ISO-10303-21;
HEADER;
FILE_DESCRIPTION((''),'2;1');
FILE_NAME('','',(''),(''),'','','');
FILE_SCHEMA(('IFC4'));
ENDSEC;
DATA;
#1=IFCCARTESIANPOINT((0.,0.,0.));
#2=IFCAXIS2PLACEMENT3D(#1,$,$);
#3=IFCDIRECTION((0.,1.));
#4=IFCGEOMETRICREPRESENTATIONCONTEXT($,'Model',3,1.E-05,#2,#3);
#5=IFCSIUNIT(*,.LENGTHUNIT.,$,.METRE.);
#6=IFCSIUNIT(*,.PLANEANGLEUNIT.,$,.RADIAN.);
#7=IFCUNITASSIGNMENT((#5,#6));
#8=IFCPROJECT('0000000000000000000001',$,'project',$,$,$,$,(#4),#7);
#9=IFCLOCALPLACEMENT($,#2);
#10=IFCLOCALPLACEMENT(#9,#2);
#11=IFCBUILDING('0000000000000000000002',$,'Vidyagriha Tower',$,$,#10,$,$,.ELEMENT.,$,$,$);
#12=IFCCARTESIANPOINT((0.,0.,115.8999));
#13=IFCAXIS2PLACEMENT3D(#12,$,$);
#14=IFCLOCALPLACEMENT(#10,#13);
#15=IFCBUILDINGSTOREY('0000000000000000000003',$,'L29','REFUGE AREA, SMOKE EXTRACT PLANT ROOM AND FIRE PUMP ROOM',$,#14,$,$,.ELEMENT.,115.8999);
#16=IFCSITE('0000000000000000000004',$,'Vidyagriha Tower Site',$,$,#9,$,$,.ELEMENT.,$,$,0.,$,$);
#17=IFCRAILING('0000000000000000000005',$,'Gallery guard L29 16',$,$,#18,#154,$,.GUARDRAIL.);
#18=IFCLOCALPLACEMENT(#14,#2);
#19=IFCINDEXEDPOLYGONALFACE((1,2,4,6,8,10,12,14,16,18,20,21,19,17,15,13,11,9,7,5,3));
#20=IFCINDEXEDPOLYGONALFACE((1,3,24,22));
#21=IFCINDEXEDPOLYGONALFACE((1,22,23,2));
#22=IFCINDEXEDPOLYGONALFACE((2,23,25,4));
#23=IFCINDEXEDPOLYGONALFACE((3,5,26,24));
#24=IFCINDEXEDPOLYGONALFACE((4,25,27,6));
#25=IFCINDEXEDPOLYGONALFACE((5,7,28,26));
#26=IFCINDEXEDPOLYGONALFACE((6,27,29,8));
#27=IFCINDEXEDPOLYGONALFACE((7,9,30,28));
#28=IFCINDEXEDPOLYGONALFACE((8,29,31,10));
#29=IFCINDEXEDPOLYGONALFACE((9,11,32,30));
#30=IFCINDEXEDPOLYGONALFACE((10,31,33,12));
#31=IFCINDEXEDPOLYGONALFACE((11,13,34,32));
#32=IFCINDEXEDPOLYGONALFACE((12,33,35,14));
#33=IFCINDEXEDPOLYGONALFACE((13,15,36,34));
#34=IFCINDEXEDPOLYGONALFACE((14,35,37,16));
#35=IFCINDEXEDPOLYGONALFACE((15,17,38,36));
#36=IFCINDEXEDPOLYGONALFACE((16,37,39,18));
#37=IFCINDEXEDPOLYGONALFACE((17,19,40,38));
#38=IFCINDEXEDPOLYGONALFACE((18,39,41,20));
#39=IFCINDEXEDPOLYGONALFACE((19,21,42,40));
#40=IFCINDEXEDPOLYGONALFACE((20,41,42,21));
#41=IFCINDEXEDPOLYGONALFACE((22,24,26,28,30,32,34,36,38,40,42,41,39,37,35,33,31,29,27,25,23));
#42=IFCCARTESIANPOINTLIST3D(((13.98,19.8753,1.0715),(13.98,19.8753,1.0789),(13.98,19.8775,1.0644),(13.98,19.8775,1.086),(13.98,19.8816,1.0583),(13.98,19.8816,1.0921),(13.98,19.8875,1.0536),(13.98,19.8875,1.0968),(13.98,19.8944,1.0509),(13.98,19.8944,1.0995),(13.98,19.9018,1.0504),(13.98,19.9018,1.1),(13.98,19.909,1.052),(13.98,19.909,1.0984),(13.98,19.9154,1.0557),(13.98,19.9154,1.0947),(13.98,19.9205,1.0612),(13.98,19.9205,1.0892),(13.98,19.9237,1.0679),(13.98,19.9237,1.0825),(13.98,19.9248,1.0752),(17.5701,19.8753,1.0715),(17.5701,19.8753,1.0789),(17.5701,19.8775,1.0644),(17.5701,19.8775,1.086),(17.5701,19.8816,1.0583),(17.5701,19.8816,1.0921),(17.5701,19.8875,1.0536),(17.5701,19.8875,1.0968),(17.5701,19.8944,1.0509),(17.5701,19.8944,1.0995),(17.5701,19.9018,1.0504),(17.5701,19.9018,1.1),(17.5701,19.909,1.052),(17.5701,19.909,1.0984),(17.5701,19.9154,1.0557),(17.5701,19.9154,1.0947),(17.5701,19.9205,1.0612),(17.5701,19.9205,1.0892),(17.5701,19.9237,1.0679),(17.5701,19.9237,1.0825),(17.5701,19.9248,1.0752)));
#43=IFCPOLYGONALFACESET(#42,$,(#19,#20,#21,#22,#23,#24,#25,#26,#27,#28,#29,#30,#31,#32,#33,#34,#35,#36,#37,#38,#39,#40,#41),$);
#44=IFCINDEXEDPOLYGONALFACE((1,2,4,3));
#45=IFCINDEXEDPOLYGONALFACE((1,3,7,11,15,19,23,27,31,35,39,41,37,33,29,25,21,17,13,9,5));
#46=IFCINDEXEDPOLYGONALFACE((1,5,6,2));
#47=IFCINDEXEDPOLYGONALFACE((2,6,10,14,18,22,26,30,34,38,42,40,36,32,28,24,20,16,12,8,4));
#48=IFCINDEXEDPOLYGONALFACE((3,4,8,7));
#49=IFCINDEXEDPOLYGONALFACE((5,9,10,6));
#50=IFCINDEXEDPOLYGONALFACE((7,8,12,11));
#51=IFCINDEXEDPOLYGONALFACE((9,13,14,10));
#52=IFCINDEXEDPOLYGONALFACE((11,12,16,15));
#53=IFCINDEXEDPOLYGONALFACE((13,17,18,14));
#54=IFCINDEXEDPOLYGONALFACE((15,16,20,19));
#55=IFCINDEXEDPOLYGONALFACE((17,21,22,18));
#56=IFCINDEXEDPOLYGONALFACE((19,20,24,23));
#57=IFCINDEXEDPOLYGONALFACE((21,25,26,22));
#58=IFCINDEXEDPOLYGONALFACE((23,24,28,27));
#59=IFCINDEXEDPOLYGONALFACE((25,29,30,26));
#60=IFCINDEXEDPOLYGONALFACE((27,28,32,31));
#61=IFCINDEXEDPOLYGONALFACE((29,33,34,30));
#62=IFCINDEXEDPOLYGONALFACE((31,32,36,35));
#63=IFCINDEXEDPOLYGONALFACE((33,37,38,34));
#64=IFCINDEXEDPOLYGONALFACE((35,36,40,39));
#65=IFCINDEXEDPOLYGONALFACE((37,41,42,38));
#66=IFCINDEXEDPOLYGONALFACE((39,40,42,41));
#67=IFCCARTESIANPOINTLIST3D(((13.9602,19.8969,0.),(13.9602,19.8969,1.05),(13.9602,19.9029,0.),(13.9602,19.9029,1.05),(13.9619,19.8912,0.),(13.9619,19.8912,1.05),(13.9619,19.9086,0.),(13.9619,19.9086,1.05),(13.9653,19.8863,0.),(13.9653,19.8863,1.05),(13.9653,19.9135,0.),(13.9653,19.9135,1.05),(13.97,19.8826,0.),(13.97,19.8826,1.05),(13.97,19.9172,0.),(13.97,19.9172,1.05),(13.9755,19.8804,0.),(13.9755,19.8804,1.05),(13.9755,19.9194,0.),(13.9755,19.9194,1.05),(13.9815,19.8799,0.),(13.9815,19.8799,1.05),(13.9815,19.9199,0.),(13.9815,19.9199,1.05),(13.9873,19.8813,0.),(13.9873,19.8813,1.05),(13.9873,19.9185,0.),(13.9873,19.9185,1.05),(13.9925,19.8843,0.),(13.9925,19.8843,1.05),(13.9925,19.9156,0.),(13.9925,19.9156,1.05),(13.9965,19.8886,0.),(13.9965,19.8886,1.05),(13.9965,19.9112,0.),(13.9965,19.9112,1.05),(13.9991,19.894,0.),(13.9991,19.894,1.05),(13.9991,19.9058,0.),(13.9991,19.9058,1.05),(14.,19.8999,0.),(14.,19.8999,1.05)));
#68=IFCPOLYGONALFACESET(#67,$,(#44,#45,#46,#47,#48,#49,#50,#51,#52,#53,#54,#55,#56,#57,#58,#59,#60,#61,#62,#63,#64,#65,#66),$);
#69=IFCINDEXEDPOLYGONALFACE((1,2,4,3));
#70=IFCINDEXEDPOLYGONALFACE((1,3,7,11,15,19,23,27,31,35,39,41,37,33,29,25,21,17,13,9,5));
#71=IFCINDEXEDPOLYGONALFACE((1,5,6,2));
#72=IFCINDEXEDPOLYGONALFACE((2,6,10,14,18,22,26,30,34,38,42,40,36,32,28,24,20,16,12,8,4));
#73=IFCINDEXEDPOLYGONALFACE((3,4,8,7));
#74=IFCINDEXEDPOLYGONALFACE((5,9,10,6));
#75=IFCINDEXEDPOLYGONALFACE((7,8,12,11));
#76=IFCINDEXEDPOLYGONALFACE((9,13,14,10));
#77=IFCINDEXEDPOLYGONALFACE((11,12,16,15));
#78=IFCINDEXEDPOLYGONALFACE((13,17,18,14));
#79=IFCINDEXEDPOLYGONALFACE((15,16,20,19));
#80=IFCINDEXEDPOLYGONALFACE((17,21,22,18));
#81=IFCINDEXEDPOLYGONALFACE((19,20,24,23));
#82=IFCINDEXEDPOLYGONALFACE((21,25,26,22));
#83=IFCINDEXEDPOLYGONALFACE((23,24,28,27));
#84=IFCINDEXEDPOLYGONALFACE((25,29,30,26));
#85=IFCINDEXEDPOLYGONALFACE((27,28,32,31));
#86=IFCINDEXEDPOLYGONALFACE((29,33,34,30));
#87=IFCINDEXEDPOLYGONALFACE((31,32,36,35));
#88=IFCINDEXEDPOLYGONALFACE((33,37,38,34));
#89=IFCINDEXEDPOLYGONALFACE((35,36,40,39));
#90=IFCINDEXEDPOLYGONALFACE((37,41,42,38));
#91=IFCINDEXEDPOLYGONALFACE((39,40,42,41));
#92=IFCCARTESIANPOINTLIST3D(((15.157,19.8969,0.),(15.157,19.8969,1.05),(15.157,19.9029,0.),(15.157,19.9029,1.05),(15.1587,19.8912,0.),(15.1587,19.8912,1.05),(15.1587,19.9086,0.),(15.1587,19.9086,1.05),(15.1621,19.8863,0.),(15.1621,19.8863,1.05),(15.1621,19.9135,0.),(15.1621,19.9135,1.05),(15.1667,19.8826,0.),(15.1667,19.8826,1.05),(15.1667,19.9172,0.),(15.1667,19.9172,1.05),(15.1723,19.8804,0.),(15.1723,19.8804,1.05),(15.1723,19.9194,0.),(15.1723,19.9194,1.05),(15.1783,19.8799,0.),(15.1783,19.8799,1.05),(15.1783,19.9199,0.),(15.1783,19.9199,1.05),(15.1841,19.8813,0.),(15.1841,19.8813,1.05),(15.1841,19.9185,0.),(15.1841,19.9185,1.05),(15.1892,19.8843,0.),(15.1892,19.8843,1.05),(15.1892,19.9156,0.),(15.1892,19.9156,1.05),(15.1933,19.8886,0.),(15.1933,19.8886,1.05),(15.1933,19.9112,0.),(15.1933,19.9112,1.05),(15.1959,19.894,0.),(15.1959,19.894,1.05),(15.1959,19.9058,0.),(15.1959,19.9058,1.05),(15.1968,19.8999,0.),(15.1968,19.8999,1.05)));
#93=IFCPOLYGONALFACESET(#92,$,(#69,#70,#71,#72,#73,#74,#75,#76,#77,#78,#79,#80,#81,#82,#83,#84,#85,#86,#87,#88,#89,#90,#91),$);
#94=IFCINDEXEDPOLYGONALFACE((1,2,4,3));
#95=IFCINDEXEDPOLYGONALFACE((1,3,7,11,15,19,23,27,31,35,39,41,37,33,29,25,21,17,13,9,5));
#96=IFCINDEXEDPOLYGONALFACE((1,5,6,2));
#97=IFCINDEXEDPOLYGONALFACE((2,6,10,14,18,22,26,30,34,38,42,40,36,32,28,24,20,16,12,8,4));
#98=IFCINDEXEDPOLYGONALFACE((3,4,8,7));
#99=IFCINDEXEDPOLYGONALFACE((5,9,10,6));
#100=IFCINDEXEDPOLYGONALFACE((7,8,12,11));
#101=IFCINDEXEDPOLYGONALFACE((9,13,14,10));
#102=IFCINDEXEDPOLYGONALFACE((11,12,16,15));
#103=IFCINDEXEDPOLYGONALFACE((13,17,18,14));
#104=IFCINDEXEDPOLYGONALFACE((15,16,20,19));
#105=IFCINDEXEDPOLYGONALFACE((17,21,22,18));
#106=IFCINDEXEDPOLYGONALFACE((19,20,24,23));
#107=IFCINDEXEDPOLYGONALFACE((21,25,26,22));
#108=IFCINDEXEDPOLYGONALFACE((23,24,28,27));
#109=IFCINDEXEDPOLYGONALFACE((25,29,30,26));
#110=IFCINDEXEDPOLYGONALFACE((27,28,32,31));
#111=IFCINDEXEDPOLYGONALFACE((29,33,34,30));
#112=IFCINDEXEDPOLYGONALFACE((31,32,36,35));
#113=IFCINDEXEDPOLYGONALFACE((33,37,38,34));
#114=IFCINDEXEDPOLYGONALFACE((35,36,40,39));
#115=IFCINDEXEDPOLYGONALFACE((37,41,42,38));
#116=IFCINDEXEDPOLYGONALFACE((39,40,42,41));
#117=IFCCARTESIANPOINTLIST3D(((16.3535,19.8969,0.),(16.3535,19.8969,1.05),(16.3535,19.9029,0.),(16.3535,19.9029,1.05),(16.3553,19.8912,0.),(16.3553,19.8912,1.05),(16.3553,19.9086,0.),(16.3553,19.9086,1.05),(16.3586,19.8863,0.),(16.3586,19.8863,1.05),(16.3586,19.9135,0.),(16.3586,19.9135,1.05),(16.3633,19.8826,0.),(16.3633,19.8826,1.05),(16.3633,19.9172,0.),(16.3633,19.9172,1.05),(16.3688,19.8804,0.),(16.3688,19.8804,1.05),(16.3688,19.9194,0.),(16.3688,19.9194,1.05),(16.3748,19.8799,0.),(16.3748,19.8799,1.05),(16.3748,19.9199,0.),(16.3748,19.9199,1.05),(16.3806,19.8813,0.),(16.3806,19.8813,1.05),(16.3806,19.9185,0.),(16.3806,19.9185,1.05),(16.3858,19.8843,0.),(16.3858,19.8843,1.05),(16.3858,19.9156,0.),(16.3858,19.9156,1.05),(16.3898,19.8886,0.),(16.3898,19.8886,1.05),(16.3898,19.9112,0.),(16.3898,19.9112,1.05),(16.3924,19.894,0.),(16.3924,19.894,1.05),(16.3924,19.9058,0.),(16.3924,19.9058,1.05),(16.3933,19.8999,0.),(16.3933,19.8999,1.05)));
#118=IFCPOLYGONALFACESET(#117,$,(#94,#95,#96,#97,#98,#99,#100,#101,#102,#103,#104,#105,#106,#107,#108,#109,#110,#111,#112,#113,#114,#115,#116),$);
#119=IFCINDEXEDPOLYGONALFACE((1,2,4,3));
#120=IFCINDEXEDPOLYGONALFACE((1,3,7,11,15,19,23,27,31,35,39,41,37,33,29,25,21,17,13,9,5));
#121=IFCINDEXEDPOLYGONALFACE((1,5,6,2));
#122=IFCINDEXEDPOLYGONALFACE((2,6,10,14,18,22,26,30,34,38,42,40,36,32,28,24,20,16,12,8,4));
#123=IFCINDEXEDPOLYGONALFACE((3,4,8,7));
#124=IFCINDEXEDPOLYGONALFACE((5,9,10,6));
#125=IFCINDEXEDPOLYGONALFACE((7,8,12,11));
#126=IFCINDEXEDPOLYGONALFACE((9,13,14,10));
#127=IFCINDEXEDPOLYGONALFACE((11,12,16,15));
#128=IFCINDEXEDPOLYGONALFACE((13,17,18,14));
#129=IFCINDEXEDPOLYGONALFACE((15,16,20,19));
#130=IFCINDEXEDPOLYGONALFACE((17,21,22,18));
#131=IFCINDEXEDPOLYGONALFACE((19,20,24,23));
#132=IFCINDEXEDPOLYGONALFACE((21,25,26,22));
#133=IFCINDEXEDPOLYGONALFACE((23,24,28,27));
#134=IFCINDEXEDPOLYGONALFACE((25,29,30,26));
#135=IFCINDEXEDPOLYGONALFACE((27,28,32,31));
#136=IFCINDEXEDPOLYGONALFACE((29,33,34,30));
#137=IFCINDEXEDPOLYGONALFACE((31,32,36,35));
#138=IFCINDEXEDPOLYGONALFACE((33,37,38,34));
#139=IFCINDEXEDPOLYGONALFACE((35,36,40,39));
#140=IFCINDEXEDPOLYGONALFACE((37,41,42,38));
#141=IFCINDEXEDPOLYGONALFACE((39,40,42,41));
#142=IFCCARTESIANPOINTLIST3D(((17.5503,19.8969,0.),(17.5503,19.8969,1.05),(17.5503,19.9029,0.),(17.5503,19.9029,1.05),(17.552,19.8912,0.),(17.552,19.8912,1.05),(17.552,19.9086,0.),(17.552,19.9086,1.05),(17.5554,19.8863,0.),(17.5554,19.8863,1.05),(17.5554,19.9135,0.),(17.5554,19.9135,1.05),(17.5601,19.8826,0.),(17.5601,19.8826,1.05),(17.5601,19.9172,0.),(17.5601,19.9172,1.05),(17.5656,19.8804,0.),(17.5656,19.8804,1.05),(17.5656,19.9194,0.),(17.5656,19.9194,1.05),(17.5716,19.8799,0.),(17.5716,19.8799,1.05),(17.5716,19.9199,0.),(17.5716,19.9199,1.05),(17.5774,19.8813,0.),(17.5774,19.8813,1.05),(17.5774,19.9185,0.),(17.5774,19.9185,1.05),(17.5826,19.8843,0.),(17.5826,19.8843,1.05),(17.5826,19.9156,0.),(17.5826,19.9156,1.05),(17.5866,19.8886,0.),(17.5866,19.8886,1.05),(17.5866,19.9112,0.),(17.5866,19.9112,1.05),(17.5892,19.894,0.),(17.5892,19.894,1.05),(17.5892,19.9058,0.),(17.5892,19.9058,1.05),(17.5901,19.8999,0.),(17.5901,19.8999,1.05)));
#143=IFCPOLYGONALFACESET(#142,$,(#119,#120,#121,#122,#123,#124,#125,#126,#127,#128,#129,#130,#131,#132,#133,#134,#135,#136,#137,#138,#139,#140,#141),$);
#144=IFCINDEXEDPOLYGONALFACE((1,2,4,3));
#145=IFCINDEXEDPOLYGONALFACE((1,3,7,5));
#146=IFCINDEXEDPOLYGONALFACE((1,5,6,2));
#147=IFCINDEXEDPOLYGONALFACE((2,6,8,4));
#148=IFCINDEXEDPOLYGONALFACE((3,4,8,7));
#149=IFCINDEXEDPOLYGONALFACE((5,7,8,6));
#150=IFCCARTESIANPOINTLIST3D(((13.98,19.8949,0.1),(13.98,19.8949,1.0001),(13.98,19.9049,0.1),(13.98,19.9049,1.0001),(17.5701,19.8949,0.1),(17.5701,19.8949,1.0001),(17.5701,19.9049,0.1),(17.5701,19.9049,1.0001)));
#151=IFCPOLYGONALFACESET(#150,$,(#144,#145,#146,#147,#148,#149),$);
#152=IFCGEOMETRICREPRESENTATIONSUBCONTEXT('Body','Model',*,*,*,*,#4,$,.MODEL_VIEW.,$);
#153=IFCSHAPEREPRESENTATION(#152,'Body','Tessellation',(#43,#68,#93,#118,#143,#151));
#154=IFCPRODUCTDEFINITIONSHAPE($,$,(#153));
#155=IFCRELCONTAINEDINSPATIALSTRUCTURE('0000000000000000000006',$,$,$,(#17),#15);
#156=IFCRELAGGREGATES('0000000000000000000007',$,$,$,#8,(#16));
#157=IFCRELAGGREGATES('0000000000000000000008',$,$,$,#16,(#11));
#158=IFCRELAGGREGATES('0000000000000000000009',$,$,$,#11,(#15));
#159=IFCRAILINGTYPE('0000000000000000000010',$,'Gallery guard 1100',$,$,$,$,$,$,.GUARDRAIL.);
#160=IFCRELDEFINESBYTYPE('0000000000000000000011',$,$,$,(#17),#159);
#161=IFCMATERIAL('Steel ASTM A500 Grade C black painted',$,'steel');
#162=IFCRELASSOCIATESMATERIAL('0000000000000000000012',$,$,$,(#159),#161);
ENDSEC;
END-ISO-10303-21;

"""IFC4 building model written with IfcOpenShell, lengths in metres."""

from ifc_helpers import new_model, si_unit, direction, frame, origin, origin_2d, place, context, subcontext, project, spatial, rectangle, circle, extrude, material, type_object, element, save


model = new_model("IFC4")

# Units and contexts
model_context = context("Model", 3, precision=1e-05, world=origin(), true_north=direction((0.0, 1.0)))
body_context = subcontext(model_context, "Body", "Model", "MODEL_VIEW")
ifc_project = project(units=[si_unit("LENGTHUNIT", "METRE"), si_unit("PLANEANGLEUNIT", "RADIAN")], contexts=[model_context])

# Site, building, storey
site_placement = place(None, origin())
site = spatial("IfcSite", under=ifc_project, at=site_placement, Name="Vidyagriha Tower Site", CompositionType="ELEMENT", RefElevation=0.0)
building_placement = place(site_placement, origin())
building = spatial("IfcBuilding", under=site, at=building_placement, Name="Vidyagriha Tower", CompositionType="ELEMENT")
storey_placement = place(building_placement, frame((0.0, 0.0, 115.8999)))
storey = spatial("IfcBuildingStorey", under=building, at=storey_placement, Name="L29", Description="REFUGE AREA, SMOKE EXTRACT PLANT ROOM AND FIRE PUMP ROOM", CompositionType="ELEMENT", Elevation=115.8999)

# Railing
ifc_material_1 = material(Name="Steel ASTM A500 Grade C black painted", Category="steel")
railing_type = type_object("IfcRailingType", Name="Gallery guard 1100", PredefinedType="GUARDRAIL", material=ifc_material_1)
railing_1_placement = place(storey_placement, frame((13.98, 19.8999, 0.0)))
element("IfcRailing", 1, at=railing_1_placement, inside=storey, type_object=railing_type, Name="Gallery guard L29 16", PredefinedType="GUARDRAIL", context=body_context, shape_type="SweptSolid", body=[
    extrude(circle(Radius=0.0249, at=origin_2d()), frame((0.0, 0.0, 1.0752), z_axis=(1.0, 0.0, 0.0), x_axis=(0.0, 1.0, 0.0)), (0.0, 0.0, 1.0), 3.5901),
    extrude(circle(Radius=0.02, at=origin_2d()), origin(), (0.0, 0.0, 1.0), 1.05),
    extrude(circle(Radius=0.02, at=origin_2d()), frame((1.1968, 0.0, 0.0)), (0.0, 0.0, 1.0), 1.05),
    extrude(circle(Radius=0.02, at=origin_2d()), frame((2.3933, 0.0, 0.0)), (0.0, 0.0, 1.0), 1.05),
    extrude(circle(Radius=0.02, at=origin_2d()), frame((3.5901, 0.0, 0.0)), (0.0, 0.0, 1.0), 1.05),
    extrude(rectangle(XDim=0.01, YDim=0.9001, at=origin_2d()), frame((0.0, 0.0, 0.55), z_axis=(1.0, 0.0, 0.0), x_axis=(0.0, 1.0, 0.0)), (0.0, 0.0, 1.0), 3.5901),
])

save(model, "model.ifc")
